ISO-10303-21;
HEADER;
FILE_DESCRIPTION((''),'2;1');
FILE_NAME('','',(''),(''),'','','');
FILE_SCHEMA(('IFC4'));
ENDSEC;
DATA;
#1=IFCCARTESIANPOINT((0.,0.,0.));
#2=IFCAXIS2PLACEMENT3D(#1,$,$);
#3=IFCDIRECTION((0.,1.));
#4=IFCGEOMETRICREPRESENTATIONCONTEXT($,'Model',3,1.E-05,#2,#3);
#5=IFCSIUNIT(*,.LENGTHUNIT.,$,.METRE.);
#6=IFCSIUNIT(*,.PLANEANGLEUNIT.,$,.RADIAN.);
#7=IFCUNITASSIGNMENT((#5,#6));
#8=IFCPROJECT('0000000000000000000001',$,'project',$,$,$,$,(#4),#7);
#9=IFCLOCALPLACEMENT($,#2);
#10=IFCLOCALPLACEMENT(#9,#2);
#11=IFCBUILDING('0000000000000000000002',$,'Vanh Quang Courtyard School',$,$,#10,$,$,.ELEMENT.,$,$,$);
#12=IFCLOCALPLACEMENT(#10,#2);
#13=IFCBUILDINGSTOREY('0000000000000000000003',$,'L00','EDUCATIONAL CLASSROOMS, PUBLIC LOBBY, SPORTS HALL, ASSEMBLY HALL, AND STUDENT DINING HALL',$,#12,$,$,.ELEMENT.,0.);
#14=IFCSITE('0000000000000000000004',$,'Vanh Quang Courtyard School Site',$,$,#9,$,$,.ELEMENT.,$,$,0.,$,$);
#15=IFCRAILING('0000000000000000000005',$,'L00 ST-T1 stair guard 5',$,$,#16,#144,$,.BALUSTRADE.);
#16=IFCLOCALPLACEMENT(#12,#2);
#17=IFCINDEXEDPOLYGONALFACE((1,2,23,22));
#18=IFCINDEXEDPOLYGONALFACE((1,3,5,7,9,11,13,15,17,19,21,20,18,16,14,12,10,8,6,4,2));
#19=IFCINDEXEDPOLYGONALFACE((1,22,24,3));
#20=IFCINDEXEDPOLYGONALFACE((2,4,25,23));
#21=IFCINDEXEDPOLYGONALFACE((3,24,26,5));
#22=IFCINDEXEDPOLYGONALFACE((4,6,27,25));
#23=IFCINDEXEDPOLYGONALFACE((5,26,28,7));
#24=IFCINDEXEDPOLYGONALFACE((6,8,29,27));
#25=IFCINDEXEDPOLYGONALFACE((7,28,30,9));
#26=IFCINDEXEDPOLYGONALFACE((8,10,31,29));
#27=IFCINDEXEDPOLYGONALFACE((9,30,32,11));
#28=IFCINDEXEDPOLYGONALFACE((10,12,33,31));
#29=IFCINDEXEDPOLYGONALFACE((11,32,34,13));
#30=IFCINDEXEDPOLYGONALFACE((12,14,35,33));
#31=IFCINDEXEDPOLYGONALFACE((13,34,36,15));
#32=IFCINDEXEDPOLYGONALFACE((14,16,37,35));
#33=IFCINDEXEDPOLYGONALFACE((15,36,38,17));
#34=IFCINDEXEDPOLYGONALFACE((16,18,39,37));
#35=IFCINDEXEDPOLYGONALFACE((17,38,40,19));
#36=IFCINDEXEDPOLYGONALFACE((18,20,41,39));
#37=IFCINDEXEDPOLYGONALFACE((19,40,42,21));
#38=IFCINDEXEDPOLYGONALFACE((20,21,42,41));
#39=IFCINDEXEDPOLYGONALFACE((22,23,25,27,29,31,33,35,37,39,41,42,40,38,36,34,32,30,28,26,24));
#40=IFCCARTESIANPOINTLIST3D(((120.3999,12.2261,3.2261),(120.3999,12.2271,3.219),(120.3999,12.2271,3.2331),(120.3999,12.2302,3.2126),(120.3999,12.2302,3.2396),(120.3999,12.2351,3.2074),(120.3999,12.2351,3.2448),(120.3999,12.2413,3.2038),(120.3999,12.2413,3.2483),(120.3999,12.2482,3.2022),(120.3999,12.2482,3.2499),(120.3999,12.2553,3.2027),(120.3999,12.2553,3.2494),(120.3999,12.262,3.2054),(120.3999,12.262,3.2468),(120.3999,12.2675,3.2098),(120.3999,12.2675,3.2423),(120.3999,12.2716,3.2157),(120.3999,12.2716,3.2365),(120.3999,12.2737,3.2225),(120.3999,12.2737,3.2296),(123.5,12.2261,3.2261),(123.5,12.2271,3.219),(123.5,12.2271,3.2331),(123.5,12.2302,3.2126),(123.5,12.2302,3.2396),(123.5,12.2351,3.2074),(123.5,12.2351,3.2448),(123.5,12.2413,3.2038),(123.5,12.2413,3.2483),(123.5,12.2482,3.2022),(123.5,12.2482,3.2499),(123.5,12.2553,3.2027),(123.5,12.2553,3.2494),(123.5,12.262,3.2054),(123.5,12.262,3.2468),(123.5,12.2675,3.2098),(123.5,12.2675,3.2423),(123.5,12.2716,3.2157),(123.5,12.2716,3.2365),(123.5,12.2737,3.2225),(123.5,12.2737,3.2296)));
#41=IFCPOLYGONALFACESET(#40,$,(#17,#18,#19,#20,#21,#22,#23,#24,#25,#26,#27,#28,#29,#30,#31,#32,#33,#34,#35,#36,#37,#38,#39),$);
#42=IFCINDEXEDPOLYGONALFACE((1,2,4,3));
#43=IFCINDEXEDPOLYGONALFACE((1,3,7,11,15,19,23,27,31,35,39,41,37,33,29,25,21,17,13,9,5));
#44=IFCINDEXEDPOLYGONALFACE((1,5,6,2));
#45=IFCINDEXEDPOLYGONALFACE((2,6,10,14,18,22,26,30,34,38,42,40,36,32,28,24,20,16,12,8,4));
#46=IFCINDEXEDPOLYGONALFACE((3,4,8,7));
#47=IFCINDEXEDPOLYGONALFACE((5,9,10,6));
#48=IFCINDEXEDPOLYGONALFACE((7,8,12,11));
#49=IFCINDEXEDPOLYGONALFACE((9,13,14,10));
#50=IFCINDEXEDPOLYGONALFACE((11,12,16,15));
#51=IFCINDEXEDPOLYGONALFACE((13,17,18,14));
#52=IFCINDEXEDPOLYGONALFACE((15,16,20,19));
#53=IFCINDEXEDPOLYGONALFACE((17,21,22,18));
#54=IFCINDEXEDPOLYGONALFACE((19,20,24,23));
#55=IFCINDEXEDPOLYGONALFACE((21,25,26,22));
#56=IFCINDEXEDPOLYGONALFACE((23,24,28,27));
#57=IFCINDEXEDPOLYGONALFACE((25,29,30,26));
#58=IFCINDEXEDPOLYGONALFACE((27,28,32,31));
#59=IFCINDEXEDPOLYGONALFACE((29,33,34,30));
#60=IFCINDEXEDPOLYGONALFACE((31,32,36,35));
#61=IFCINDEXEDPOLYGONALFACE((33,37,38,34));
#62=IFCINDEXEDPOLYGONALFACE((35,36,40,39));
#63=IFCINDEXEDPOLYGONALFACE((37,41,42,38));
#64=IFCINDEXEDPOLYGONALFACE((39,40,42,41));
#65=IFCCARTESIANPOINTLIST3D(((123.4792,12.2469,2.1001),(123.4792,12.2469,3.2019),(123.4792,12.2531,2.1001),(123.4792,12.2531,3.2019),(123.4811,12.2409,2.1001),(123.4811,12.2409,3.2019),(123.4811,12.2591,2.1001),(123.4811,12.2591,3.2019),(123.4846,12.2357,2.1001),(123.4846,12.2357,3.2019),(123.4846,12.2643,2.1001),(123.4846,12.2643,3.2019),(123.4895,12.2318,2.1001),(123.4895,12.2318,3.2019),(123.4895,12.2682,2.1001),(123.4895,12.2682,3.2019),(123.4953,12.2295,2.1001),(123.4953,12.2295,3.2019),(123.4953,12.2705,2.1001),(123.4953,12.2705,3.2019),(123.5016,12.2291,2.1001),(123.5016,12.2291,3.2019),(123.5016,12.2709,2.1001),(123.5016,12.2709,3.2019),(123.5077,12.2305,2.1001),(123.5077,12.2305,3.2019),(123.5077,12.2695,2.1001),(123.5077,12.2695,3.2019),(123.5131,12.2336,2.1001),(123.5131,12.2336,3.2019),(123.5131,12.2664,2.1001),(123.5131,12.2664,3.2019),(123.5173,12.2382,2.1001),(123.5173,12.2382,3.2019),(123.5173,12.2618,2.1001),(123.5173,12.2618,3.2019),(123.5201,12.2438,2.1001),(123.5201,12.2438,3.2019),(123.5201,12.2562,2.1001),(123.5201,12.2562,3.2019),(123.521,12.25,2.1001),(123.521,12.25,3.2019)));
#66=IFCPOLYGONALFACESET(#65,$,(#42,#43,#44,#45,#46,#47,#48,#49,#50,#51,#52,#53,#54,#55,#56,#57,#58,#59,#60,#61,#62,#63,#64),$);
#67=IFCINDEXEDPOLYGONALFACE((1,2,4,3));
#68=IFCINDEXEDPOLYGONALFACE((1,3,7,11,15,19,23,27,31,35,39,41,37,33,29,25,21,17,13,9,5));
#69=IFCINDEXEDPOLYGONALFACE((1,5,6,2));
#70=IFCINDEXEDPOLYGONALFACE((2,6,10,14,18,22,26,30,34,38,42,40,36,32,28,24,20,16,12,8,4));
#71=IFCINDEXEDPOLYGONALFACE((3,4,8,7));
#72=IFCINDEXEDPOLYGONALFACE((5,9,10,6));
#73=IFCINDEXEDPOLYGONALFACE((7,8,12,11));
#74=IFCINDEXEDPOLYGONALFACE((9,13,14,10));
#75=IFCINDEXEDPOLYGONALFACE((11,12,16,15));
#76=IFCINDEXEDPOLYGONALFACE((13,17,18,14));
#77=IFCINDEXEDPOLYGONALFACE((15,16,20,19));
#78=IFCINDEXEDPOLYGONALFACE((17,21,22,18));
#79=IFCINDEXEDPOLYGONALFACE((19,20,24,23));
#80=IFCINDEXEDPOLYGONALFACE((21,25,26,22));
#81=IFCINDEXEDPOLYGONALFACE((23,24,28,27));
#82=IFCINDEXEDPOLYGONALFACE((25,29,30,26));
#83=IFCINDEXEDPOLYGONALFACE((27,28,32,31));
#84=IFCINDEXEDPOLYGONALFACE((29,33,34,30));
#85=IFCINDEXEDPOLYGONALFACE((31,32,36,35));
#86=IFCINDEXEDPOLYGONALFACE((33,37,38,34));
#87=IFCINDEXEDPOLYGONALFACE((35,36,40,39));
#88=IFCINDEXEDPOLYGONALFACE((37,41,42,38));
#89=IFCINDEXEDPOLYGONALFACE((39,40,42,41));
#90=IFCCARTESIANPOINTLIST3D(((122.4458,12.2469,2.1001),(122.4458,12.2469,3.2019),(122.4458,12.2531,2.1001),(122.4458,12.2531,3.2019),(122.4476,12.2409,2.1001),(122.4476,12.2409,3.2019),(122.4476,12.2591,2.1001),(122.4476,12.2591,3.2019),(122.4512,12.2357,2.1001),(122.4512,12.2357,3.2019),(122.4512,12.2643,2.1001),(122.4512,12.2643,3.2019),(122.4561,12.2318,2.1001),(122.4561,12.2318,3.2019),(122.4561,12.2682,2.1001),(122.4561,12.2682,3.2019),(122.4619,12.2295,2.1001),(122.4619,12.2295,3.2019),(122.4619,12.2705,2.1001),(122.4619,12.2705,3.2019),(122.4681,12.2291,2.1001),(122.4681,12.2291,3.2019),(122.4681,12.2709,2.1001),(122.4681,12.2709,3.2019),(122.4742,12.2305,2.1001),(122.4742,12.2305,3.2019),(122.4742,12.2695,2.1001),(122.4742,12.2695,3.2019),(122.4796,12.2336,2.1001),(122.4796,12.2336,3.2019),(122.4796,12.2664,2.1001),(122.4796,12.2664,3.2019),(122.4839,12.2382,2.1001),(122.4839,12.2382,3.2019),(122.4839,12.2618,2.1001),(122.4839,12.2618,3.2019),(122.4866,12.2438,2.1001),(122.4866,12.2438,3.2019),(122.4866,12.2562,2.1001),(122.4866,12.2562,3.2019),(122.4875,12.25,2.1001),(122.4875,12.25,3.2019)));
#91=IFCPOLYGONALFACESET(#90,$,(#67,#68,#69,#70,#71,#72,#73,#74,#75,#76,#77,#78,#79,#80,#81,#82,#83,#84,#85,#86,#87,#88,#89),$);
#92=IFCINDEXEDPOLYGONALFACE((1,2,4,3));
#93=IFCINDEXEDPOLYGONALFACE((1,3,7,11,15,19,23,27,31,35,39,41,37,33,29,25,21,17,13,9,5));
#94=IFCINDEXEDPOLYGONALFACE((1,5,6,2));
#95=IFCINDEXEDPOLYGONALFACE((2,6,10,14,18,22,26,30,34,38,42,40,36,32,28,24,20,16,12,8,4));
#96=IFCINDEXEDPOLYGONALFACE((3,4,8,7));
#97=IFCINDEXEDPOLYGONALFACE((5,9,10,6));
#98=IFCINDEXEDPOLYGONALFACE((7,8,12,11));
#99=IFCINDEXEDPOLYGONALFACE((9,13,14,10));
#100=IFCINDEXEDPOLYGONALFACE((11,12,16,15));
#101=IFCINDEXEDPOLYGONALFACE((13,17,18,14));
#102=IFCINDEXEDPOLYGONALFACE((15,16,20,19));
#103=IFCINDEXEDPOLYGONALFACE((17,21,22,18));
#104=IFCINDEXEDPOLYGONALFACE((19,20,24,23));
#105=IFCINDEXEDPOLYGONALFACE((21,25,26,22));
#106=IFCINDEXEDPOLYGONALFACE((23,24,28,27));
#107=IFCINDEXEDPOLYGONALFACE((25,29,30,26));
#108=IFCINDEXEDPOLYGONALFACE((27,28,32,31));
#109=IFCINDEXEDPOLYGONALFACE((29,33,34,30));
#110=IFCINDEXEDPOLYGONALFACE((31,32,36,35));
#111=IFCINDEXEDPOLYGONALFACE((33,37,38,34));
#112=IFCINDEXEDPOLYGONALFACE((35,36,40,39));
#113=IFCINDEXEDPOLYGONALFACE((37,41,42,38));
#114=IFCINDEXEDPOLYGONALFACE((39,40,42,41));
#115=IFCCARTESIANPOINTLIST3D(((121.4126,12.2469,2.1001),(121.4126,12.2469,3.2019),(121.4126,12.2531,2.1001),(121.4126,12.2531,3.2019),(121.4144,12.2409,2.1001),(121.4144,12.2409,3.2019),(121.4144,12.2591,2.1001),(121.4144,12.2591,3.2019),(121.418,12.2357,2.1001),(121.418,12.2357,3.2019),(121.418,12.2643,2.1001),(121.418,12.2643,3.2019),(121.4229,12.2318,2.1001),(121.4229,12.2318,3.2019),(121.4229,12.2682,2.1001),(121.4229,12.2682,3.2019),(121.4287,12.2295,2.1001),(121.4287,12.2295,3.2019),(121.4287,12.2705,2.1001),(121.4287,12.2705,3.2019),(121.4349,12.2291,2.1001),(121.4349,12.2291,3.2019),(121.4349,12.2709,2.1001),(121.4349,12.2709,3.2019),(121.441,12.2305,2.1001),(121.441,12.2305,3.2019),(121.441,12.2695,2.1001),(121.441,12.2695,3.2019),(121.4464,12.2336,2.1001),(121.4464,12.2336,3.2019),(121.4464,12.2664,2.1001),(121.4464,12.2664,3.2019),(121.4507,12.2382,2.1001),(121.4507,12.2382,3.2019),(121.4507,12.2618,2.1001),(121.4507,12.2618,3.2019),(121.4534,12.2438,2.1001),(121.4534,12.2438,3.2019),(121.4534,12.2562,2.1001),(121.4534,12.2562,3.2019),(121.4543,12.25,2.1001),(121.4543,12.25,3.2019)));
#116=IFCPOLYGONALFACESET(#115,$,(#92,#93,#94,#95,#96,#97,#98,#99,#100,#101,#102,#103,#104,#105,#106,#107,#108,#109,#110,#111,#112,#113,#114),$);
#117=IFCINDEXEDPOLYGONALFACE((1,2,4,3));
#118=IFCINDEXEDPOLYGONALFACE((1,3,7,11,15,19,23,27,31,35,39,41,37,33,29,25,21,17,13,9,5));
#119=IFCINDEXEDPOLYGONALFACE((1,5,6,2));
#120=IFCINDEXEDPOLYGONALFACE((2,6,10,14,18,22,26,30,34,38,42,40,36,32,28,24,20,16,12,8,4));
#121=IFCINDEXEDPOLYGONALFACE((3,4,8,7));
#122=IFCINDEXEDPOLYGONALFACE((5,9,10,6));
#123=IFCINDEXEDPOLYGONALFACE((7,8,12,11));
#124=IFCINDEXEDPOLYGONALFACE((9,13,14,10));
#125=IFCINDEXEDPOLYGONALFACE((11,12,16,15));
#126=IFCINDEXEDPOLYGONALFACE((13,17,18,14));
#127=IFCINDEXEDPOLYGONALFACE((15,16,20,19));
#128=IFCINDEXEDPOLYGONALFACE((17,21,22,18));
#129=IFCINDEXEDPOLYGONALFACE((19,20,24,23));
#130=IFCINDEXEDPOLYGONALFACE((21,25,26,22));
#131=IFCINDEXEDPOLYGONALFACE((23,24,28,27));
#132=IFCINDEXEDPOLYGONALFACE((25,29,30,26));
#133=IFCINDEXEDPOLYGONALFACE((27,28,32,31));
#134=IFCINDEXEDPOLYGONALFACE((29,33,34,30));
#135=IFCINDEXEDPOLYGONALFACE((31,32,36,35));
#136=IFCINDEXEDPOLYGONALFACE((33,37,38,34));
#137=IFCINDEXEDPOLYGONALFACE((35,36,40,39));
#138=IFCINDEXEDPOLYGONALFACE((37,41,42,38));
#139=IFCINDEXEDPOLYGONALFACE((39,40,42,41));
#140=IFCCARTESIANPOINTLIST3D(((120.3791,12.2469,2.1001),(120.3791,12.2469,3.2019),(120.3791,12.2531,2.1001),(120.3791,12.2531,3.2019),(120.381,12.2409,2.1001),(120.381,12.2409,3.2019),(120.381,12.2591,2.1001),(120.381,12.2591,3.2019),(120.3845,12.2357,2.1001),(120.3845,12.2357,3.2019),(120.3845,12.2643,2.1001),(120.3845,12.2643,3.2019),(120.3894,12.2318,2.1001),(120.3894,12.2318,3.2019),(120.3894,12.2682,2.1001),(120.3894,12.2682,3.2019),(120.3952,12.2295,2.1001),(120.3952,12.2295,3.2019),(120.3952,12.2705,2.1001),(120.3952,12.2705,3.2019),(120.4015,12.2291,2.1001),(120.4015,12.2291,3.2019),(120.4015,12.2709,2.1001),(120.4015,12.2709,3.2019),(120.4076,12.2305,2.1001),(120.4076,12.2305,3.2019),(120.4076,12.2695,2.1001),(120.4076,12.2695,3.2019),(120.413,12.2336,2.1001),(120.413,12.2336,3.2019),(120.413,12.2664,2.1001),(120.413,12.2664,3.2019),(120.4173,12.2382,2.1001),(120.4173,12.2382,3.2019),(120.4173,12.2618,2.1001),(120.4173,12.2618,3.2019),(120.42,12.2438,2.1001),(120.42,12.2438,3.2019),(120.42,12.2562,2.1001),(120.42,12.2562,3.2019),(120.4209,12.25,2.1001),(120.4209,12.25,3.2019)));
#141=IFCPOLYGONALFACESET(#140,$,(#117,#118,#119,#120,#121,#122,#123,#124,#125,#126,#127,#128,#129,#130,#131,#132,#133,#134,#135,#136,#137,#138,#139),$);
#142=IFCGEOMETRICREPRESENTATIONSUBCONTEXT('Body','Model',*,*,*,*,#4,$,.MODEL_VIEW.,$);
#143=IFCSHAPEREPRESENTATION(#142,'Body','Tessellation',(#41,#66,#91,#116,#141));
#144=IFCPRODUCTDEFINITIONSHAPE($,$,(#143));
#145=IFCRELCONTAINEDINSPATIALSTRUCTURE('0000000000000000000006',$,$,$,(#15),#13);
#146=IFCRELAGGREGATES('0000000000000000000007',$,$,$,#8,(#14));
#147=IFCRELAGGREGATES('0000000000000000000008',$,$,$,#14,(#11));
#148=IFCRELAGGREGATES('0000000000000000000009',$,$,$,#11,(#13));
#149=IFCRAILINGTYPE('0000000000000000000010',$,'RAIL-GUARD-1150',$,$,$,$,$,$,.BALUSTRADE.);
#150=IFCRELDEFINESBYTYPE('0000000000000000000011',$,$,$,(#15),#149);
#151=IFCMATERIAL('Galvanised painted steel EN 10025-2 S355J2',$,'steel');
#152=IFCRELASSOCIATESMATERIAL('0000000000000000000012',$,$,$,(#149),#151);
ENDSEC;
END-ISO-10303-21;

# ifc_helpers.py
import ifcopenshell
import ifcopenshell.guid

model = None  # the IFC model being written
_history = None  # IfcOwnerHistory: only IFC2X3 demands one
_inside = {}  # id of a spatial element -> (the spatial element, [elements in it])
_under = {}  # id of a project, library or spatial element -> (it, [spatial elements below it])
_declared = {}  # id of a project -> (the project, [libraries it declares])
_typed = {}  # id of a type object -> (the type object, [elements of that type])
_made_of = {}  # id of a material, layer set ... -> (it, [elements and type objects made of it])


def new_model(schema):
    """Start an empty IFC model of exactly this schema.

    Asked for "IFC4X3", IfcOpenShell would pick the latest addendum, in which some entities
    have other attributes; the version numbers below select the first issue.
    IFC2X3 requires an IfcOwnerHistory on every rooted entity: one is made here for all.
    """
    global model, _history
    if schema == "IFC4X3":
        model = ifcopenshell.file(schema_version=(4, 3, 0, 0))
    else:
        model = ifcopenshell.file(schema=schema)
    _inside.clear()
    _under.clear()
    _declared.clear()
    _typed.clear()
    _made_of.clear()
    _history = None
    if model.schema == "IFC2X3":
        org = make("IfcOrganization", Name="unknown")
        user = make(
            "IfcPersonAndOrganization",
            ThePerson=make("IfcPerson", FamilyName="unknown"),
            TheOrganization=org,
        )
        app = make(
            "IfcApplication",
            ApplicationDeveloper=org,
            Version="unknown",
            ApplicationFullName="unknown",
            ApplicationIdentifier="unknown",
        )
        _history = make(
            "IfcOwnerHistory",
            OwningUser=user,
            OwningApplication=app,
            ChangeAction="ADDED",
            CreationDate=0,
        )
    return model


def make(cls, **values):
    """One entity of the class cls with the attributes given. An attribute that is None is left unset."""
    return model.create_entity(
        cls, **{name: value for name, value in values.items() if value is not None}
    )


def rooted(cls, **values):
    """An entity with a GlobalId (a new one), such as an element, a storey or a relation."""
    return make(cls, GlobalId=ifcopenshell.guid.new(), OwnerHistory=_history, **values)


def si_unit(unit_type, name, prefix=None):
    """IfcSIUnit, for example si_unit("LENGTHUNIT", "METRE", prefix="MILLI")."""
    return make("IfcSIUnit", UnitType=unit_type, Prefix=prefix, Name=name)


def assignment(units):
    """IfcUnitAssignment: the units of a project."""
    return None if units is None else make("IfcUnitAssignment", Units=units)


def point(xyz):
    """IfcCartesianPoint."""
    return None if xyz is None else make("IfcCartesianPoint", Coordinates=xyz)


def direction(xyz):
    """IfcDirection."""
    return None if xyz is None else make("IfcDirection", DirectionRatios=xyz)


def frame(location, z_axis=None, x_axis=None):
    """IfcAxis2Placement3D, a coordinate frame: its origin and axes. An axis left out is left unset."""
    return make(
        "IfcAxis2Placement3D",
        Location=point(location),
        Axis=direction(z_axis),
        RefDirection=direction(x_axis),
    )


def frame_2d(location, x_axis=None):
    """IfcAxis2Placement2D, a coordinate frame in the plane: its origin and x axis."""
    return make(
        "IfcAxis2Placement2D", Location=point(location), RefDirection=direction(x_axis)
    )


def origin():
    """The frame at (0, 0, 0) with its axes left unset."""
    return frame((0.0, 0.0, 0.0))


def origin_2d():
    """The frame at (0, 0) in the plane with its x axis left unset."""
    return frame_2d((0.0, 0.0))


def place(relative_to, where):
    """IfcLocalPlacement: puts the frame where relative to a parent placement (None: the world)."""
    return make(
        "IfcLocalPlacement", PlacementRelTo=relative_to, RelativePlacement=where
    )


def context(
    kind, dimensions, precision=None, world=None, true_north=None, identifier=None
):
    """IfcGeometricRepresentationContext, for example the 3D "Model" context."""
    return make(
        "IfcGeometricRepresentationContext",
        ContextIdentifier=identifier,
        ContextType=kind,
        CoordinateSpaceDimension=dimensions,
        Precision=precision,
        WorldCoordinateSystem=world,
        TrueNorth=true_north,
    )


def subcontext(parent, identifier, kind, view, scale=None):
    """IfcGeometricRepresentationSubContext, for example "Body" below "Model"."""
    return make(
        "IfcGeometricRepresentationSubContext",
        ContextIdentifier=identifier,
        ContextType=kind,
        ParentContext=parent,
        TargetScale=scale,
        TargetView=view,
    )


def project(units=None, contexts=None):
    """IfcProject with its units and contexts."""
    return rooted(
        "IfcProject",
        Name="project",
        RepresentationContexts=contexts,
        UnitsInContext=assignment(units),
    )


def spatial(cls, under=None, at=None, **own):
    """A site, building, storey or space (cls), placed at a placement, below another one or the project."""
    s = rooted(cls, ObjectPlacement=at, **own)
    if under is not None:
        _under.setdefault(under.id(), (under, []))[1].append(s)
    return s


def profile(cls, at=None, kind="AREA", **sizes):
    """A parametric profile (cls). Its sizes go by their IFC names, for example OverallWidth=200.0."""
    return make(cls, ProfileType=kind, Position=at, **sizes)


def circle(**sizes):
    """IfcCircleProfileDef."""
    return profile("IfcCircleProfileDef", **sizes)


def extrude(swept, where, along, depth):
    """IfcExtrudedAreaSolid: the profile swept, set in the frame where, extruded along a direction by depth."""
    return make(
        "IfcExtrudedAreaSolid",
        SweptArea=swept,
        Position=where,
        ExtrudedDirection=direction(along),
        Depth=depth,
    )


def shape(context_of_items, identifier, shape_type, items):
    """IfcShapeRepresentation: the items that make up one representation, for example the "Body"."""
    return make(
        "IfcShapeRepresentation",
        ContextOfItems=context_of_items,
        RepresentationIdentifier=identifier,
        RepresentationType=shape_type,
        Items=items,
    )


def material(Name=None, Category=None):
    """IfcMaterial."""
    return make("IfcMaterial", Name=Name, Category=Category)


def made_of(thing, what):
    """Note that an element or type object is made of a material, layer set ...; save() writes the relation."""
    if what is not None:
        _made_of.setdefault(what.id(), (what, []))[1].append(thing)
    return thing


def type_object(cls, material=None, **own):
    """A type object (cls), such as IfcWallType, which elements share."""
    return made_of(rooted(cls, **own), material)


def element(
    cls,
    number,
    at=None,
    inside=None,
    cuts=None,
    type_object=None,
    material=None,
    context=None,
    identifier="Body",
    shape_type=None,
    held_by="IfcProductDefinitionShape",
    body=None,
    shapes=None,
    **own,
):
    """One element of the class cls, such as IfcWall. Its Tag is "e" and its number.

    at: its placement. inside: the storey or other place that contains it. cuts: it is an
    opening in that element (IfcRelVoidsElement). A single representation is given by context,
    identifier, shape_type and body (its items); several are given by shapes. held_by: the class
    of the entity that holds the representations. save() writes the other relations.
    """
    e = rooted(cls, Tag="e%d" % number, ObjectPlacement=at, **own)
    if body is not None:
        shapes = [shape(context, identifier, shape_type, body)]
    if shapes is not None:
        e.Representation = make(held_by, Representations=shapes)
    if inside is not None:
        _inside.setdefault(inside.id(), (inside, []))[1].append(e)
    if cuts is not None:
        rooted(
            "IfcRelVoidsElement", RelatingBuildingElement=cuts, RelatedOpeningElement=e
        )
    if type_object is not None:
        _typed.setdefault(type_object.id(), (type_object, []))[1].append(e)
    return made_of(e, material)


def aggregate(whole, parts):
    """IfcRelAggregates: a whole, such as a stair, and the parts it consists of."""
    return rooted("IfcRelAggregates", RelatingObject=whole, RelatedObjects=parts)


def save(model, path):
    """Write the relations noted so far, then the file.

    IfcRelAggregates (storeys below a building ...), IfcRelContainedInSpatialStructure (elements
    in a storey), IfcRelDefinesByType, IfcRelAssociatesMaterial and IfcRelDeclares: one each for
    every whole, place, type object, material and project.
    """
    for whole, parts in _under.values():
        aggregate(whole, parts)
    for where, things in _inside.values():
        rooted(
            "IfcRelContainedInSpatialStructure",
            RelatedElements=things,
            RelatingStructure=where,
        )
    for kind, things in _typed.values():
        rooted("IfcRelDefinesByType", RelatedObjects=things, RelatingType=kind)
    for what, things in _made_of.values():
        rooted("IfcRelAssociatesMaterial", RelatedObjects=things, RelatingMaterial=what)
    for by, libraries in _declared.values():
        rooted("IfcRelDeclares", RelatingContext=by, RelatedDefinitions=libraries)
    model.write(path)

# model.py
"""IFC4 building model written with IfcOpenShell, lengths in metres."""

from ifc_helpers import new_model, si_unit, direction, frame, origin, origin_2d, place, context, subcontext, project, spatial, circle, extrude, material, type_object, element, save


model = new_model("IFC4")

# Units and contexts
model_context = context("Model", 3, precision=1e-05, world=origin(), true_north=direction((0.0, 1.0)))
body_context = subcontext(model_context, "Body", "Model", "MODEL_VIEW")
ifc_project = project(units=[si_unit("LENGTHUNIT", "METRE"), si_unit("PLANEANGLEUNIT", "RADIAN")], contexts=[model_context])

# Site, building, storey
site_placement = place(None, origin())
site = spatial("IfcSite", under=ifc_project, at=site_placement, Name="Vanh Quang Courtyard School Site", CompositionType="ELEMENT", RefElevation=0.0)
building_placement = place(site_placement, origin())
building = spatial("IfcBuilding", under=site, at=building_placement, Name="Vanh Quang Courtyard School", CompositionType="ELEMENT")
storey_placement = place(building_placement, origin())
storey = spatial("IfcBuildingStorey", under=building, at=storey_placement, Name="L00", Description="EDUCATIONAL CLASSROOMS, PUBLIC LOBBY, SPORTS HALL, ASSEMBLY HALL, AND STUDENT DINING HALL", CompositionType="ELEMENT", Elevation=0.0)

# Railing
ifc_material_1 = material(Name="Galvanised painted steel EN 10025-2 S355J2", Category="steel")
railing_type_1 = type_object("IfcRailingType", Name="RAIL-GUARD-1150", PredefinedType="BALUSTRADE", material=ifc_material_1)
railing_1_placement = place(storey_placement, frame((123.5, 12.25, 2.1001)))
element("IfcRailing", 1, at=railing_1_placement, inside=storey, type_object=railing_type_1, Name="L00 ST-T1 stair guard 5", PredefinedType="BALUSTRADE", context=body_context, shape_type="SweptSolid", body=[
    extrude(circle(Radius=0.0239, at=origin_2d()), frame((0.0, 0.0, 1.126), z_axis=(-1.0, 0.0, 0.0), x_axis=(0.0, -1.0, 0.0)), (0.0, 0.0, 1.0), 3.1001),
    extrude(circle(Radius=0.021, at=origin_2d()), origin(), (0.0, 0.0, 1.0), 1.1018),
    extrude(circle(Radius=0.021, at=origin_2d()), frame((-1.0334, 0.0, 0.0)), (0.0, 0.0, 1.0), 1.1018),
    extrude(circle(Radius=0.021, at=origin_2d()), frame((-2.0667, 0.0, 0.0)), (0.0, 0.0, 1.0), 1.1018),
    extrude(circle(Radius=0.021, at=origin_2d()), frame((-3.1001, 0.0, 0.0)), (0.0, 0.0, 1.0), 1.1018),
])

save(model, "model.ifc")
